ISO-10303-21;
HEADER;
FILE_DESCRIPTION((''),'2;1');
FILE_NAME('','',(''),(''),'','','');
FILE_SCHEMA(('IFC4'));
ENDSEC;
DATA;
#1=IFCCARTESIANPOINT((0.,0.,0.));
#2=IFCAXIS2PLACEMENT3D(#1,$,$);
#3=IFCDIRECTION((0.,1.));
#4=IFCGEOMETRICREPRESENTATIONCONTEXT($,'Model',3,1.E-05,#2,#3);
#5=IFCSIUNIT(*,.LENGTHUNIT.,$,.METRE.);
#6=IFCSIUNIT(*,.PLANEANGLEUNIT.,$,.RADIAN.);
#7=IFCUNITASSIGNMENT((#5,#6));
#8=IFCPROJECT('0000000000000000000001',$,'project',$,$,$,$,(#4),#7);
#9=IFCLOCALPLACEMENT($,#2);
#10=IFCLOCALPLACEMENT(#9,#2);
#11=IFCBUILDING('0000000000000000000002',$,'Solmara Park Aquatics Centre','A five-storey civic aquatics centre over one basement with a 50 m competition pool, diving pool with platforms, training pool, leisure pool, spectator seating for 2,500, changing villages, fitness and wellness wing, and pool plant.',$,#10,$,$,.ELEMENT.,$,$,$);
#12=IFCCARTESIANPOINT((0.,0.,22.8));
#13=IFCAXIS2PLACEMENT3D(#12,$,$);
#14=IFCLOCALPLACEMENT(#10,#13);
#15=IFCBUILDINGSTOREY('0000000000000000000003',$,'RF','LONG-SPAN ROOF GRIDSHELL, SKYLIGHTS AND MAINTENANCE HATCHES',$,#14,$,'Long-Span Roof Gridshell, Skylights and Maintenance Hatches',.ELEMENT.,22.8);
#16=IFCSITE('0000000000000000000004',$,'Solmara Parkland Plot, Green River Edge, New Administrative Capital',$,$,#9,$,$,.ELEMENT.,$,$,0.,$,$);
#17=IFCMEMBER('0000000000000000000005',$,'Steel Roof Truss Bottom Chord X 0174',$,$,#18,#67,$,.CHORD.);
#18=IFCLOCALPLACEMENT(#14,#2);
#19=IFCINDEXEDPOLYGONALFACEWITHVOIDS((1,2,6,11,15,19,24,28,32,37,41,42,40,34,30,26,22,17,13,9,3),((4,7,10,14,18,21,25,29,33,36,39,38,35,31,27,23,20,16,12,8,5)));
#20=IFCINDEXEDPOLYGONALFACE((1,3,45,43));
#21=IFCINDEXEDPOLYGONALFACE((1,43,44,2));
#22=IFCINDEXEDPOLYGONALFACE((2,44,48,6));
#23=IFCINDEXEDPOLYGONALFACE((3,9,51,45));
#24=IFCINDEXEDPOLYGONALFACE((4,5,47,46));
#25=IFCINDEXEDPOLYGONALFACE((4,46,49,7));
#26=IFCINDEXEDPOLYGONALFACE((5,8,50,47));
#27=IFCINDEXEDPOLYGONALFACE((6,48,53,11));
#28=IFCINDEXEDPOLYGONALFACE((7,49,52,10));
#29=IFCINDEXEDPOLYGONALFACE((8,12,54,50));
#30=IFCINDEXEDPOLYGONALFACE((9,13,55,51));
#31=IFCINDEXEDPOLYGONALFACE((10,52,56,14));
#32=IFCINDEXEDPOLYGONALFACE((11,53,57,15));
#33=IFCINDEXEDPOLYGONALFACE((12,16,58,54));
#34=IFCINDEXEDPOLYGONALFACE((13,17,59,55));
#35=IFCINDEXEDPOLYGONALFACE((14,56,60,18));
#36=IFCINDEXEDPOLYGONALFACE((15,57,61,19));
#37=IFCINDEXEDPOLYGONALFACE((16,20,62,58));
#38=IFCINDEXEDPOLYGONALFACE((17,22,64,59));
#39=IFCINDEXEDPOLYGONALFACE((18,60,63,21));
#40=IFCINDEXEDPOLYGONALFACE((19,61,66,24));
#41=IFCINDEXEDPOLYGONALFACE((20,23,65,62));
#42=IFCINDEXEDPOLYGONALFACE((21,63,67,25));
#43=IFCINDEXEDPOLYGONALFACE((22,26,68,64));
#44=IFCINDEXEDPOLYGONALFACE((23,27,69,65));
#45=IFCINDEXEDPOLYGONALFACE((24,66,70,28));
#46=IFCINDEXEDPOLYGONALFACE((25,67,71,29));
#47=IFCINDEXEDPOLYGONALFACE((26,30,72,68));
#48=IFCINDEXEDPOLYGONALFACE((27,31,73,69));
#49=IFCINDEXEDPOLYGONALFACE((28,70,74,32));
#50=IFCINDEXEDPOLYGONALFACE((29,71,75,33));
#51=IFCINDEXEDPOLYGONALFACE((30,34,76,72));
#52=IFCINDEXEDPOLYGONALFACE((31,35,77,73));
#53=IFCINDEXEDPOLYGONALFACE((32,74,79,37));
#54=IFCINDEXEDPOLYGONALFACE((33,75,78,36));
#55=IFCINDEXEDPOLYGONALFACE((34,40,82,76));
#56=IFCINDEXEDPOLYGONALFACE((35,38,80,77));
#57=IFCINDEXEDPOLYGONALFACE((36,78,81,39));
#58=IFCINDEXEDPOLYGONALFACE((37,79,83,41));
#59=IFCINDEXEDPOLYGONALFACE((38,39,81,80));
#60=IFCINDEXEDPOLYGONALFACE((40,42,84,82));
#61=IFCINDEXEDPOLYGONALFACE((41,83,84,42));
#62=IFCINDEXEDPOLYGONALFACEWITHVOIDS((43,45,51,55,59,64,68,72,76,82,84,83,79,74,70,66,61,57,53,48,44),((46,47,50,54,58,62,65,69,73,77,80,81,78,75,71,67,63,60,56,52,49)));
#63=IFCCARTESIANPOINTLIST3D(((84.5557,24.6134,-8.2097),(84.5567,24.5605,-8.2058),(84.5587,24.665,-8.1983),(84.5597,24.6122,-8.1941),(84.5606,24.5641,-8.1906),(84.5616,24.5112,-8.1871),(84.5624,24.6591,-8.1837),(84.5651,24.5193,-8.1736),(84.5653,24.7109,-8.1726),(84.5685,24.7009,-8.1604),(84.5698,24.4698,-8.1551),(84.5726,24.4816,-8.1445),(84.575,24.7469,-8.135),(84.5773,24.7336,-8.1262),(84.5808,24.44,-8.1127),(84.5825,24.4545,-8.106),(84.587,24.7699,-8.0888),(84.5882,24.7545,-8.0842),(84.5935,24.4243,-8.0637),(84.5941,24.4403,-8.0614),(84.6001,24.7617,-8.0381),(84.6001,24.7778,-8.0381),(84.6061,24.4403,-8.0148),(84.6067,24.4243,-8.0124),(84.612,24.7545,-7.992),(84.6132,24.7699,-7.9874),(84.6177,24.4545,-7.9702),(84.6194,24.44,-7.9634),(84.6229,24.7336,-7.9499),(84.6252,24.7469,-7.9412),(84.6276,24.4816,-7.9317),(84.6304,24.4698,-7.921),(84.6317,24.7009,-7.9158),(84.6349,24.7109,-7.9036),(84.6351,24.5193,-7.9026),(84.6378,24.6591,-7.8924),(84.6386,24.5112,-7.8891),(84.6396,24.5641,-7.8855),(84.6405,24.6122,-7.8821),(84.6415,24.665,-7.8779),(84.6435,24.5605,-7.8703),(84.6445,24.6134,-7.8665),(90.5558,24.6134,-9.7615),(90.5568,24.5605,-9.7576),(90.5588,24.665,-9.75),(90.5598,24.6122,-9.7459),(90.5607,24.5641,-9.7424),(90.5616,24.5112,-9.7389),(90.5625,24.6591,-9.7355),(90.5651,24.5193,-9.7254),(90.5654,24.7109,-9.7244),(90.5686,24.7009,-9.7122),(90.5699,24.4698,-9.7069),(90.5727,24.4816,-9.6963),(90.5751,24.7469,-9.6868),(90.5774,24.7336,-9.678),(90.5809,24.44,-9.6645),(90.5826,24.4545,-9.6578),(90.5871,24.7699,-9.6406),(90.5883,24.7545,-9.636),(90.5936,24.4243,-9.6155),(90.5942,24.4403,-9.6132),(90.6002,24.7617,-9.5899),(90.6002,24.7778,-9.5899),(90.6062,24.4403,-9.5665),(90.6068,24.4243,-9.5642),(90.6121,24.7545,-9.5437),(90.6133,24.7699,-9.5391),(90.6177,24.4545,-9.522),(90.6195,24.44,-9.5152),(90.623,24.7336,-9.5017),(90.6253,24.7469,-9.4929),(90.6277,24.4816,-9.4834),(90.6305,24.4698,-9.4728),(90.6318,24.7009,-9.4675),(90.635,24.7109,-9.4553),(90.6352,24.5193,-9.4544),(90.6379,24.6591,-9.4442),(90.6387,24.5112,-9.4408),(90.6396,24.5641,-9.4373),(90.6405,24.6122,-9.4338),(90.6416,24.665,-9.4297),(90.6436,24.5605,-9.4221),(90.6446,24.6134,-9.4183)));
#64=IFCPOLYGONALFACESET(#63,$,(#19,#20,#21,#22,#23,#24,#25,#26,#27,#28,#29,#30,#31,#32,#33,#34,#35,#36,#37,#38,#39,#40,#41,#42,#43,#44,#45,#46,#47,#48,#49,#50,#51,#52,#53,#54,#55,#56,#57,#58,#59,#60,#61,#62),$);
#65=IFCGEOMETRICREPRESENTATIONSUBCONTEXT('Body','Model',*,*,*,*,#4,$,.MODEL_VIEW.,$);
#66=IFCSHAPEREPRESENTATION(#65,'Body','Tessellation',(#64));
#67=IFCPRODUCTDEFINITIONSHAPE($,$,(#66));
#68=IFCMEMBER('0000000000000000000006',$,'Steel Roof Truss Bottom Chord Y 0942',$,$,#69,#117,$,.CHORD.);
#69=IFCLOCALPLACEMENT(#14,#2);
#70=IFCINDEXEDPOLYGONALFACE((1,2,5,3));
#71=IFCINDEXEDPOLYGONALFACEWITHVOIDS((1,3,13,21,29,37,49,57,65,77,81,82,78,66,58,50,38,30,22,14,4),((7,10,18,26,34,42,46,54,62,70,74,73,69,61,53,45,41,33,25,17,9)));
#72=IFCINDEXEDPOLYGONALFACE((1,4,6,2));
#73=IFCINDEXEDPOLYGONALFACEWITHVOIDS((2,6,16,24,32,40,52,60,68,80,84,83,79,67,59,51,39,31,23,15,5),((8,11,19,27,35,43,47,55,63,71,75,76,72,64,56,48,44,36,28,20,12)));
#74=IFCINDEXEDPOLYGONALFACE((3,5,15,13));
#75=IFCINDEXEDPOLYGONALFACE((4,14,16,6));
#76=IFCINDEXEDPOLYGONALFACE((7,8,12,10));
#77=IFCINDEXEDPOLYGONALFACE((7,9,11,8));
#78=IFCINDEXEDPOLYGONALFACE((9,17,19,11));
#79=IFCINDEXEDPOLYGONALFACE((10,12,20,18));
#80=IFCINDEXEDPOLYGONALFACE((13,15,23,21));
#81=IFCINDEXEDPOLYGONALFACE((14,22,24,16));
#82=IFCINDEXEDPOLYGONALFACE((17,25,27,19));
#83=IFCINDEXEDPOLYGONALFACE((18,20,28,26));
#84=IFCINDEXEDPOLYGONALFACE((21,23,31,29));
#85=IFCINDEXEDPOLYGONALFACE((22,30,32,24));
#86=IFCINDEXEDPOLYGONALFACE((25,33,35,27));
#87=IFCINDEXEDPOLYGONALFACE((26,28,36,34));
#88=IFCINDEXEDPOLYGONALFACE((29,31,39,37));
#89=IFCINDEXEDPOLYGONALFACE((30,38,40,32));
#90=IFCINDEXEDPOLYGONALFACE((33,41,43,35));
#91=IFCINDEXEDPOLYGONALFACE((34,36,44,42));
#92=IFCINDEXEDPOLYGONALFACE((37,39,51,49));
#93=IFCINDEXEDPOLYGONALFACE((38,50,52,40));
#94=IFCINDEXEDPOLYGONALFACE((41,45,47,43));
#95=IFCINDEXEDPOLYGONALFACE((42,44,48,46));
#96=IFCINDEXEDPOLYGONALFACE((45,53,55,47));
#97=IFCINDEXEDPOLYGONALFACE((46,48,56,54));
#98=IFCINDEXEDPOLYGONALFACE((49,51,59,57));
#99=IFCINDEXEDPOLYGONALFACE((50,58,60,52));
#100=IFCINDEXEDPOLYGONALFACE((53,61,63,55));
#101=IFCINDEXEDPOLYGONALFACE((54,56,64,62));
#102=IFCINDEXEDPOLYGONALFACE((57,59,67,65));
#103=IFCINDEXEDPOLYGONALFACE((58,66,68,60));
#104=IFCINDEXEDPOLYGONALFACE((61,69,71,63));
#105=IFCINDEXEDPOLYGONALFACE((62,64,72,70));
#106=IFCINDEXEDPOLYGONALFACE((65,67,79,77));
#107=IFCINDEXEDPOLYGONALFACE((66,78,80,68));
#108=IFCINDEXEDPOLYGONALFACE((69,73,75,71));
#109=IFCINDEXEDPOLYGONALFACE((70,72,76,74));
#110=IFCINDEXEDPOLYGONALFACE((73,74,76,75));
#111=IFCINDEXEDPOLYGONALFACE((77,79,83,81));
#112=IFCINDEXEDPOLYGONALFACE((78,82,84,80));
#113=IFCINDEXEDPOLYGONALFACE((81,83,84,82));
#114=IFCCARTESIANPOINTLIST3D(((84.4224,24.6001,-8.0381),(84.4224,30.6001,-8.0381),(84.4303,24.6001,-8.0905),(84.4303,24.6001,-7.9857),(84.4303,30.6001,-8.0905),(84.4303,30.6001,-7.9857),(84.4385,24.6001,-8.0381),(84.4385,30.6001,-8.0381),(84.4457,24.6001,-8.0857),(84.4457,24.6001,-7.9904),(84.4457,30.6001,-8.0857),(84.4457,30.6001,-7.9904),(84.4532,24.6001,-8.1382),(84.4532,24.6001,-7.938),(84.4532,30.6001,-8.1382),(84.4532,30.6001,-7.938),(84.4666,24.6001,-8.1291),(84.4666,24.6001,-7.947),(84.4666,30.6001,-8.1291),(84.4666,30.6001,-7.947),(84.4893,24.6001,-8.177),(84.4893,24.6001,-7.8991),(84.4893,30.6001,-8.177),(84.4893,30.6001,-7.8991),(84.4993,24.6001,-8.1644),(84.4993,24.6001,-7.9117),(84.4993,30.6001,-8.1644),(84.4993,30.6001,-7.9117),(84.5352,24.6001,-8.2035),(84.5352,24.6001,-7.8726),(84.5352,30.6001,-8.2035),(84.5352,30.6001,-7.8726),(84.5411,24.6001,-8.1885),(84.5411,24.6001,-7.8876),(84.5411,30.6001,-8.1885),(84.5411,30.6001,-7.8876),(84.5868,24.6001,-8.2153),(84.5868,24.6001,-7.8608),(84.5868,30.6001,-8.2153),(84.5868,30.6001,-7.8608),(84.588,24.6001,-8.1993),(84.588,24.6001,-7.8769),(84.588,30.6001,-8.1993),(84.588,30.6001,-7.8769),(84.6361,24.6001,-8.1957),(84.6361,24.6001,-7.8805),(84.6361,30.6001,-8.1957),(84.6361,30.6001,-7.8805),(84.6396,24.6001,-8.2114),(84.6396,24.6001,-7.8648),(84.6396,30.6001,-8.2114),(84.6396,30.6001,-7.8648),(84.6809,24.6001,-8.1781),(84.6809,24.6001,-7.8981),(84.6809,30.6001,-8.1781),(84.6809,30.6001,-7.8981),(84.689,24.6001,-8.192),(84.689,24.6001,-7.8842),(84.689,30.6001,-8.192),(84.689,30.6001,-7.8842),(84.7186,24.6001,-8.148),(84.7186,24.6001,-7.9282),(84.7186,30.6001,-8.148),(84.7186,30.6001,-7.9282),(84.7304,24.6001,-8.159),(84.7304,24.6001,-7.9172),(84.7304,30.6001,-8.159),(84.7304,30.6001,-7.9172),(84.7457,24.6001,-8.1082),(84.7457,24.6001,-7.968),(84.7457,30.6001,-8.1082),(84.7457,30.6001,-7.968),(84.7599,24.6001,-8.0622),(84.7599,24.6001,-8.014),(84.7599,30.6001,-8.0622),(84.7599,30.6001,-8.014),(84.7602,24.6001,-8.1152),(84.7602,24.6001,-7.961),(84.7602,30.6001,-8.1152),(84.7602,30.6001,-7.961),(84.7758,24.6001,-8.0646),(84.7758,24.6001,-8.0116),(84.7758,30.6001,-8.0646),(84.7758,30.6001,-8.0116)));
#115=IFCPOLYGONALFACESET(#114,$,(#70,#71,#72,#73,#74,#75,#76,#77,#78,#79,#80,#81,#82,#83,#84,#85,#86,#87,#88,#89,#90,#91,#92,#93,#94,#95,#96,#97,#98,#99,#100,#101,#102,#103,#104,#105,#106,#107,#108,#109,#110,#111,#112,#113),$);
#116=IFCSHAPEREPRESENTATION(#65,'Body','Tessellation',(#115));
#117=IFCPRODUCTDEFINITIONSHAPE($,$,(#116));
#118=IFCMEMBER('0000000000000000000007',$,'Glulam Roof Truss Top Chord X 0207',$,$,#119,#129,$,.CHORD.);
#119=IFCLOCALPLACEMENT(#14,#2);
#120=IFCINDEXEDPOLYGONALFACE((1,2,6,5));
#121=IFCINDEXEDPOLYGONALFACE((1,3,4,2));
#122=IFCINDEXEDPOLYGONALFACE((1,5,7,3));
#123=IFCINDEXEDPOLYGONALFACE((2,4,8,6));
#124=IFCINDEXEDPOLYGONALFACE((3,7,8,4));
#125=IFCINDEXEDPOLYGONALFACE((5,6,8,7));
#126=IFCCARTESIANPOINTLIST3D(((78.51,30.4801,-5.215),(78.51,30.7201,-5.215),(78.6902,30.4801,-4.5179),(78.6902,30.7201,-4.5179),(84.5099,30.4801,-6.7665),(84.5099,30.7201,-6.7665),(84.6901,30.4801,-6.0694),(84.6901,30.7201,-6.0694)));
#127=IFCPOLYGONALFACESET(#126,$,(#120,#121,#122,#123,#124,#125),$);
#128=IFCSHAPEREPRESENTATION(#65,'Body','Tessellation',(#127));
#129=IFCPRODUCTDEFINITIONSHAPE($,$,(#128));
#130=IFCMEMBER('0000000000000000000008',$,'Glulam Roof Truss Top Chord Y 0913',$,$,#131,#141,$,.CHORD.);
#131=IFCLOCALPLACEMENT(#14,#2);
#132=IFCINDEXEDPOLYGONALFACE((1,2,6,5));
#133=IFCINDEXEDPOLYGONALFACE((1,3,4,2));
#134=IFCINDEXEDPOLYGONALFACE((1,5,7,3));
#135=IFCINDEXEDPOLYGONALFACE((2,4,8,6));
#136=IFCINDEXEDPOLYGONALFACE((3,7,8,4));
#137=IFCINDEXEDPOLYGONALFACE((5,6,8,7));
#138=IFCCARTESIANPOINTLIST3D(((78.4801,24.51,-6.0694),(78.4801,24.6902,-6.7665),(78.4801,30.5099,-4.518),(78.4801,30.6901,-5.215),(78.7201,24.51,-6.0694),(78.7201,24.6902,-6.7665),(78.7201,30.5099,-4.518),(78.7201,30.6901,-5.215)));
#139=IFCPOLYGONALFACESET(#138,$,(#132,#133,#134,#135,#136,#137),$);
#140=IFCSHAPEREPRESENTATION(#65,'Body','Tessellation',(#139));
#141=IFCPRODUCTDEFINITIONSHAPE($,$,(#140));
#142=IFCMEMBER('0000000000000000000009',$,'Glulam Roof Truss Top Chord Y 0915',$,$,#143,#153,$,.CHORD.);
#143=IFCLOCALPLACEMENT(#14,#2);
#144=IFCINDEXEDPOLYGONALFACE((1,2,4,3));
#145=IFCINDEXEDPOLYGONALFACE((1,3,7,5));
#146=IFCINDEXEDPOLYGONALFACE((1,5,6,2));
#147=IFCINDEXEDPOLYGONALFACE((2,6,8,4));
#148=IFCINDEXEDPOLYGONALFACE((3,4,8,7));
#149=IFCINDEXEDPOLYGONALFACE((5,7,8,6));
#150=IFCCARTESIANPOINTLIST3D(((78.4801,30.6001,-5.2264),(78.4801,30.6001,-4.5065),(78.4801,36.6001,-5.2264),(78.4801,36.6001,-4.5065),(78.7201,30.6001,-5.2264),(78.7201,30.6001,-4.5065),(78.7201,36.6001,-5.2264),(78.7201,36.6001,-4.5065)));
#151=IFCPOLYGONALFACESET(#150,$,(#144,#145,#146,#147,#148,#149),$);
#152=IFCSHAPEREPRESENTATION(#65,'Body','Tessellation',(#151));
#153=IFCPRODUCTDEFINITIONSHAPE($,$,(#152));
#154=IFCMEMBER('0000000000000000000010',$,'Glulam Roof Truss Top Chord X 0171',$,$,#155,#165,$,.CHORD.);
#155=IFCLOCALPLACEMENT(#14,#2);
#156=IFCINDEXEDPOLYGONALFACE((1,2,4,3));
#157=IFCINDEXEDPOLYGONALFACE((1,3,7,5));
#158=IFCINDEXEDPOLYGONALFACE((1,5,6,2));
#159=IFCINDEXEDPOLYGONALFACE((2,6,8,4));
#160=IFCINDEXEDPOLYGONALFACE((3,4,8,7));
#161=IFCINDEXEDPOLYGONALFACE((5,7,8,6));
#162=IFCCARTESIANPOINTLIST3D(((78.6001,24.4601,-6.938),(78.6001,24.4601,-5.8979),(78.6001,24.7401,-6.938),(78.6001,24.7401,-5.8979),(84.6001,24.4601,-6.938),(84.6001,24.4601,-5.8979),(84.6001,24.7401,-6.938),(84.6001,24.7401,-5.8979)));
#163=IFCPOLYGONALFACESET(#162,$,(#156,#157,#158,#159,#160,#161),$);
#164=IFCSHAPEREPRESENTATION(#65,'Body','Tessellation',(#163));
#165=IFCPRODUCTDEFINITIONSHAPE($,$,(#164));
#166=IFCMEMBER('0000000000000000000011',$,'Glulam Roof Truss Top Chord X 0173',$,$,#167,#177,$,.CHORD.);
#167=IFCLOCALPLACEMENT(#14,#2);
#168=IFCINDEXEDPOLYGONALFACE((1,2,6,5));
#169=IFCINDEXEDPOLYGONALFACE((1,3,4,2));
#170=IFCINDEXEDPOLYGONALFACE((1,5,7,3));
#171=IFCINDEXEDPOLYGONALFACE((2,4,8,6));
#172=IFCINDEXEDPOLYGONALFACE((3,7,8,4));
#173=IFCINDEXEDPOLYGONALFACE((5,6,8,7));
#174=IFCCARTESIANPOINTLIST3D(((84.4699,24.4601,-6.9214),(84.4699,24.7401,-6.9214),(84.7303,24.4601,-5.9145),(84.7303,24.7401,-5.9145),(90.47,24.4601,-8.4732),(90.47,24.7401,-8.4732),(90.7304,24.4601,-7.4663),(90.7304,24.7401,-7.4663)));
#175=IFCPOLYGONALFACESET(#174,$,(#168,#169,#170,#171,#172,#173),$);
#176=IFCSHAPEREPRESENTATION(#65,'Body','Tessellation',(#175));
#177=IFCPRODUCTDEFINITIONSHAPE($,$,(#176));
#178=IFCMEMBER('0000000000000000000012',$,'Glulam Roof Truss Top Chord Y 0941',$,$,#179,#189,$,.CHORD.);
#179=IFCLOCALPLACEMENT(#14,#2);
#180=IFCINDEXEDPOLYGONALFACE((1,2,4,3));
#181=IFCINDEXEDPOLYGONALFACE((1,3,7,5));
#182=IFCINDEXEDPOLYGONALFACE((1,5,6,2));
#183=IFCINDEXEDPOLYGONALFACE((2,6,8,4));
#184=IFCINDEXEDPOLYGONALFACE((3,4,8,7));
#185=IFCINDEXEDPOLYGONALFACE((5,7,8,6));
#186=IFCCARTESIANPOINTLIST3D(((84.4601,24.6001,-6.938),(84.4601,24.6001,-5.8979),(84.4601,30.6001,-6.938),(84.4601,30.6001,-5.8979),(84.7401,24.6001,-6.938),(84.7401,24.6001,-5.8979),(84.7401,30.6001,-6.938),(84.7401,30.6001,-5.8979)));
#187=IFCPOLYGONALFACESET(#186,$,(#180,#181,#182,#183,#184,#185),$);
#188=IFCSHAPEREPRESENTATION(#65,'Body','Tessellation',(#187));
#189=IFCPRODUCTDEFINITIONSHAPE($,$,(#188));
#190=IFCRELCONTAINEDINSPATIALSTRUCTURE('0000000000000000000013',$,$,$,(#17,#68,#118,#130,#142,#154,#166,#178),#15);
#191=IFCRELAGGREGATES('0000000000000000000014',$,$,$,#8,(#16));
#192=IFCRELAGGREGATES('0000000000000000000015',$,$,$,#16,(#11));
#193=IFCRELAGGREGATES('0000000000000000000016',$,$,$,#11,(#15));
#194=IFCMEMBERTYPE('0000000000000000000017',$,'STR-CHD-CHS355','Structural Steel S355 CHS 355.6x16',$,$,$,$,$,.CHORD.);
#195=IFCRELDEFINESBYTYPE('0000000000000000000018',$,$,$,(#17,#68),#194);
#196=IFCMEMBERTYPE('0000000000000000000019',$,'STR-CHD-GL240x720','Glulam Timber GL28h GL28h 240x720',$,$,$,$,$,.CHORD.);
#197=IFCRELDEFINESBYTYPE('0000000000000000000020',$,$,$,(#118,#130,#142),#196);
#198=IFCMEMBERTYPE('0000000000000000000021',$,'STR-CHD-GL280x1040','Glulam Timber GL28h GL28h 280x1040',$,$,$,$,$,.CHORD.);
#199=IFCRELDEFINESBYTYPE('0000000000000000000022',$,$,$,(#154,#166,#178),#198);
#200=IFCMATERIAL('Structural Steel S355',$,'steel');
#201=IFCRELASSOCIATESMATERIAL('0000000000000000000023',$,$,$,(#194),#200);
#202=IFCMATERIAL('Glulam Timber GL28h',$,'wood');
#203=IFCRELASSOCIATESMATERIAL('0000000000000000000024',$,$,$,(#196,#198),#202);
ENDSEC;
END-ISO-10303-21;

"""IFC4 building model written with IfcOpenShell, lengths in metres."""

from ifc_helpers import new_model, si_unit, direction, frame, origin, origin_2d, place, context, subcontext, project, spatial, rectangle, hollow_circle, extrude, material, material_profile, profile_set, type_object, element, save


model = new_model("IFC4")

# Units and contexts
model_context = context("Model", 3, precision=1e-05, world=origin(), true_north=direction((0.0, 1.0)))
body_context = subcontext(model_context, "Body", "Model", "MODEL_VIEW")
ifc_project = project(units=[si_unit("LENGTHUNIT", "METRE"), si_unit("PLANEANGLEUNIT", "RADIAN")], contexts=[model_context])

# Site, building, storey
site_placement = place(None, origin())
site = spatial("IfcSite", under=ifc_project, at=site_placement, Name="Solmara Parkland Plot, Green River Edge, New Administrative Capital", CompositionType="ELEMENT", RefElevation=0.0)
building_placement = place(site_placement, origin())
building = spatial("IfcBuilding", under=site, at=building_placement, Name="Solmara Park Aquatics Centre", Description="A five-storey civic aquatics centre over one basement with a 50 m competition pool, diving pool with platforms, training pool, leisure pool, spectator seating for 2,500, changing villages, fitness and wellness wing, and pool plant.", CompositionType="ELEMENT")
storey_placement = place(building_placement, frame((0.0, 0.0, 22.8)))
storey = spatial("IfcBuildingStorey", under=building, at=storey_placement, Name="RF", Description="LONG-SPAN ROOF GRIDSHELL, SKYLIGHTS AND MAINTENANCE HATCHES", LongName="Long-Span Roof Gridshell, Skylights and Maintenance Hatches", CompositionType="ELEMENT", Elevation=22.8)

# Members
ifc_material_1 = material(Name="Structural Steel S355", Category="steel")
ifc_material_profile_1 = material_profile(ifc_material_1, hollow_circle(Radius=0.1777, WallThickness=0.0161, at=origin_2d()), Name="CHS 355.6x16")
ifc_profile_set_1 = profile_set([ifc_material_profile_1], Name="Structural Steel S355")
member_type_1 = type_object("IfcMemberType", Name="STR-CHD-CHS355", Description="Structural Steel S355 CHS 355.6x16", PredefinedType="CHORD", material=ifc_profile_set_1)
member_1_placement = place(storey_placement, frame((84.6001, 24.6001, -8.0381), z_axis=(0.968146, 0.0, -0.250388), x_axis=(0.0, 1.0, 0.0)))
element("IfcMember", 1, at=member_1_placement, inside=storey, type_object=member_type_1, Name="Steel Roof Truss Bottom Chord X 0174", PredefinedType="CHORD", context=body_context, shape_type="SweptSolid", body=[
    extrude(hollow_circle(Radius=0.1777, WallThickness=0.0161, at=origin_2d()), origin(), (0.0, 0.0, 1.0), 6.1975),
])
member_2_placement = place(storey_placement, frame((84.6001, 24.6001, -8.0381), z_axis=(0.0, 1.0, 0.0), x_axis=(-1.0, 0.0, 0.0)))
element("IfcMember", 2, at=member_2_placement, inside=storey, type_object=member_type_1, Name="Steel Roof Truss Bottom Chord Y 0942", PredefinedType="CHORD", context=body_context, shape_type="SweptSolid", body=[
    extrude(hollow_circle(Radius=0.1777, WallThickness=0.0161, at=origin_2d()), origin(), (0.0, 0.0, 1.0), 6.0),
])
ifc_material_2 = material(Name="Glulam Timber GL28h", Category="wood")
ifc_material_profile_2 = material_profile(ifc_material_2, rectangle(XDim=0.24, YDim=0.72, at=origin_2d()), Name="GL28h 240x720")
ifc_profile_set_2 = profile_set([ifc_material_profile_2], Name="Glulam Timber GL28h")
member_type_2 = type_object("IfcMemberType", Name="STR-CHD-GL240x720", Description="Glulam Timber GL28h GL28h 240x720", PredefinedType="CHORD", material=ifc_profile_set_2)
for number, where, z_axis, x_axis, name in (
    (3, (78.6001, 30.6001, -4.8665), (0.968155, 0.0, -0.250351), (0.0, 1.0, 0.0), "Glulam Roof Truss Top Chord X 0207"),
    (4, (78.6001, 24.6001, -6.418), (0.0, 0.968155, 0.250351), (-1.0, 0.0, 0.0), "Glulam Roof Truss Top Chord Y 0913"),
):
    element("IfcMember", number, at=place(storey_placement, frame(where, z_axis=z_axis, x_axis=x_axis)), inside=storey, type_object=member_type_2, Name=name, PredefinedType="CHORD", context=body_context, shape_type="SweptSolid", body=[
        extrude(rectangle(XDim=0.24, YDim=0.72, at=origin_2d()), origin(), (0.0, 0.0, 1.0), 6.1973),
    ])
member_3_placement = place(storey_placement, frame((78.6001, 30.6001, -4.8665), z_axis=(0.0, 1.0, 0.0), x_axis=(-1.0, 0.0, 0.0)))
element("IfcMember", 5, at=member_3_placement, inside=storey, type_object=member_type_2, Name="Glulam Roof Truss Top Chord Y 0915", PredefinedType="CHORD", context=body_context, shape_type="SweptSolid", body=[
    extrude(rectangle(XDim=0.24, YDim=0.72, at=origin_2d()), origin(), (0.0, 0.0, 1.0), 6.0),
])
ifc_material_profile_3 = material_profile(ifc_material_2, rectangle(XDim=0.28, YDim=1.04, at=origin_2d()), Name="GL28h 280x1040")
ifc_profile_set_3 = profile_set([ifc_material_profile_3], Name="Glulam Timber GL28h")
member_type_3 = type_object("IfcMemberType", Name="STR-CHD-GL280x1040", Description="Glulam Timber GL28h GL28h 280x1040", PredefinedType="CHORD", material=ifc_profile_set_3)
member_4_placement = place(storey_placement, frame((78.6001, 24.6001, -6.418), z_axis=(1.0, 0.0, 0.0), x_axis=(0.0, 1.0, 0.0)))
element("IfcMember", 6, at=member_4_placement, inside=storey, type_object=member_type_3, Name="Glulam Roof Truss Top Chord X 0171", PredefinedType="CHORD", context=body_context, shape_type="SweptSolid", body=[
    extrude(rectangle(XDim=0.28, YDim=1.04, at=origin_2d()), origin(), (0.0, 0.0, 1.0), 6.0),
])
member_5_placement = place(storey_placement, frame((84.6001, 24.6001, -6.418), z_axis=(0.968146, 0.0, -0.250388), x_axis=(0.0, 1.0, 0.0)))
element("IfcMember", 7, at=member_5_placement, inside=storey, type_object=member_type_3, Name="Glulam Roof Truss Top Chord X 0173", PredefinedType="CHORD", context=body_context, shape_type="SweptSolid", body=[
    extrude(rectangle(XDim=0.28, YDim=1.04, at=origin_2d()), origin(), (0.0, 0.0, 1.0), 6.1975),
])
member_6_placement = place(storey_placement, frame((84.6001, 24.6001, -6.418), z_axis=(0.0, 1.0, 0.0), x_axis=(-1.0, 0.0, 0.0)))
element("IfcMember", 8, at=member_6_placement, inside=storey, type_object=member_type_3, Name="Glulam Roof Truss Top Chord Y 0941", PredefinedType="CHORD", context=body_context, shape_type="SweptSolid", body=[
    extrude(rectangle(XDim=0.28, YDim=1.04, at=origin_2d()), origin(), (0.0, 0.0, 1.0), 6.0),
])

save(model, "model.ifc")
